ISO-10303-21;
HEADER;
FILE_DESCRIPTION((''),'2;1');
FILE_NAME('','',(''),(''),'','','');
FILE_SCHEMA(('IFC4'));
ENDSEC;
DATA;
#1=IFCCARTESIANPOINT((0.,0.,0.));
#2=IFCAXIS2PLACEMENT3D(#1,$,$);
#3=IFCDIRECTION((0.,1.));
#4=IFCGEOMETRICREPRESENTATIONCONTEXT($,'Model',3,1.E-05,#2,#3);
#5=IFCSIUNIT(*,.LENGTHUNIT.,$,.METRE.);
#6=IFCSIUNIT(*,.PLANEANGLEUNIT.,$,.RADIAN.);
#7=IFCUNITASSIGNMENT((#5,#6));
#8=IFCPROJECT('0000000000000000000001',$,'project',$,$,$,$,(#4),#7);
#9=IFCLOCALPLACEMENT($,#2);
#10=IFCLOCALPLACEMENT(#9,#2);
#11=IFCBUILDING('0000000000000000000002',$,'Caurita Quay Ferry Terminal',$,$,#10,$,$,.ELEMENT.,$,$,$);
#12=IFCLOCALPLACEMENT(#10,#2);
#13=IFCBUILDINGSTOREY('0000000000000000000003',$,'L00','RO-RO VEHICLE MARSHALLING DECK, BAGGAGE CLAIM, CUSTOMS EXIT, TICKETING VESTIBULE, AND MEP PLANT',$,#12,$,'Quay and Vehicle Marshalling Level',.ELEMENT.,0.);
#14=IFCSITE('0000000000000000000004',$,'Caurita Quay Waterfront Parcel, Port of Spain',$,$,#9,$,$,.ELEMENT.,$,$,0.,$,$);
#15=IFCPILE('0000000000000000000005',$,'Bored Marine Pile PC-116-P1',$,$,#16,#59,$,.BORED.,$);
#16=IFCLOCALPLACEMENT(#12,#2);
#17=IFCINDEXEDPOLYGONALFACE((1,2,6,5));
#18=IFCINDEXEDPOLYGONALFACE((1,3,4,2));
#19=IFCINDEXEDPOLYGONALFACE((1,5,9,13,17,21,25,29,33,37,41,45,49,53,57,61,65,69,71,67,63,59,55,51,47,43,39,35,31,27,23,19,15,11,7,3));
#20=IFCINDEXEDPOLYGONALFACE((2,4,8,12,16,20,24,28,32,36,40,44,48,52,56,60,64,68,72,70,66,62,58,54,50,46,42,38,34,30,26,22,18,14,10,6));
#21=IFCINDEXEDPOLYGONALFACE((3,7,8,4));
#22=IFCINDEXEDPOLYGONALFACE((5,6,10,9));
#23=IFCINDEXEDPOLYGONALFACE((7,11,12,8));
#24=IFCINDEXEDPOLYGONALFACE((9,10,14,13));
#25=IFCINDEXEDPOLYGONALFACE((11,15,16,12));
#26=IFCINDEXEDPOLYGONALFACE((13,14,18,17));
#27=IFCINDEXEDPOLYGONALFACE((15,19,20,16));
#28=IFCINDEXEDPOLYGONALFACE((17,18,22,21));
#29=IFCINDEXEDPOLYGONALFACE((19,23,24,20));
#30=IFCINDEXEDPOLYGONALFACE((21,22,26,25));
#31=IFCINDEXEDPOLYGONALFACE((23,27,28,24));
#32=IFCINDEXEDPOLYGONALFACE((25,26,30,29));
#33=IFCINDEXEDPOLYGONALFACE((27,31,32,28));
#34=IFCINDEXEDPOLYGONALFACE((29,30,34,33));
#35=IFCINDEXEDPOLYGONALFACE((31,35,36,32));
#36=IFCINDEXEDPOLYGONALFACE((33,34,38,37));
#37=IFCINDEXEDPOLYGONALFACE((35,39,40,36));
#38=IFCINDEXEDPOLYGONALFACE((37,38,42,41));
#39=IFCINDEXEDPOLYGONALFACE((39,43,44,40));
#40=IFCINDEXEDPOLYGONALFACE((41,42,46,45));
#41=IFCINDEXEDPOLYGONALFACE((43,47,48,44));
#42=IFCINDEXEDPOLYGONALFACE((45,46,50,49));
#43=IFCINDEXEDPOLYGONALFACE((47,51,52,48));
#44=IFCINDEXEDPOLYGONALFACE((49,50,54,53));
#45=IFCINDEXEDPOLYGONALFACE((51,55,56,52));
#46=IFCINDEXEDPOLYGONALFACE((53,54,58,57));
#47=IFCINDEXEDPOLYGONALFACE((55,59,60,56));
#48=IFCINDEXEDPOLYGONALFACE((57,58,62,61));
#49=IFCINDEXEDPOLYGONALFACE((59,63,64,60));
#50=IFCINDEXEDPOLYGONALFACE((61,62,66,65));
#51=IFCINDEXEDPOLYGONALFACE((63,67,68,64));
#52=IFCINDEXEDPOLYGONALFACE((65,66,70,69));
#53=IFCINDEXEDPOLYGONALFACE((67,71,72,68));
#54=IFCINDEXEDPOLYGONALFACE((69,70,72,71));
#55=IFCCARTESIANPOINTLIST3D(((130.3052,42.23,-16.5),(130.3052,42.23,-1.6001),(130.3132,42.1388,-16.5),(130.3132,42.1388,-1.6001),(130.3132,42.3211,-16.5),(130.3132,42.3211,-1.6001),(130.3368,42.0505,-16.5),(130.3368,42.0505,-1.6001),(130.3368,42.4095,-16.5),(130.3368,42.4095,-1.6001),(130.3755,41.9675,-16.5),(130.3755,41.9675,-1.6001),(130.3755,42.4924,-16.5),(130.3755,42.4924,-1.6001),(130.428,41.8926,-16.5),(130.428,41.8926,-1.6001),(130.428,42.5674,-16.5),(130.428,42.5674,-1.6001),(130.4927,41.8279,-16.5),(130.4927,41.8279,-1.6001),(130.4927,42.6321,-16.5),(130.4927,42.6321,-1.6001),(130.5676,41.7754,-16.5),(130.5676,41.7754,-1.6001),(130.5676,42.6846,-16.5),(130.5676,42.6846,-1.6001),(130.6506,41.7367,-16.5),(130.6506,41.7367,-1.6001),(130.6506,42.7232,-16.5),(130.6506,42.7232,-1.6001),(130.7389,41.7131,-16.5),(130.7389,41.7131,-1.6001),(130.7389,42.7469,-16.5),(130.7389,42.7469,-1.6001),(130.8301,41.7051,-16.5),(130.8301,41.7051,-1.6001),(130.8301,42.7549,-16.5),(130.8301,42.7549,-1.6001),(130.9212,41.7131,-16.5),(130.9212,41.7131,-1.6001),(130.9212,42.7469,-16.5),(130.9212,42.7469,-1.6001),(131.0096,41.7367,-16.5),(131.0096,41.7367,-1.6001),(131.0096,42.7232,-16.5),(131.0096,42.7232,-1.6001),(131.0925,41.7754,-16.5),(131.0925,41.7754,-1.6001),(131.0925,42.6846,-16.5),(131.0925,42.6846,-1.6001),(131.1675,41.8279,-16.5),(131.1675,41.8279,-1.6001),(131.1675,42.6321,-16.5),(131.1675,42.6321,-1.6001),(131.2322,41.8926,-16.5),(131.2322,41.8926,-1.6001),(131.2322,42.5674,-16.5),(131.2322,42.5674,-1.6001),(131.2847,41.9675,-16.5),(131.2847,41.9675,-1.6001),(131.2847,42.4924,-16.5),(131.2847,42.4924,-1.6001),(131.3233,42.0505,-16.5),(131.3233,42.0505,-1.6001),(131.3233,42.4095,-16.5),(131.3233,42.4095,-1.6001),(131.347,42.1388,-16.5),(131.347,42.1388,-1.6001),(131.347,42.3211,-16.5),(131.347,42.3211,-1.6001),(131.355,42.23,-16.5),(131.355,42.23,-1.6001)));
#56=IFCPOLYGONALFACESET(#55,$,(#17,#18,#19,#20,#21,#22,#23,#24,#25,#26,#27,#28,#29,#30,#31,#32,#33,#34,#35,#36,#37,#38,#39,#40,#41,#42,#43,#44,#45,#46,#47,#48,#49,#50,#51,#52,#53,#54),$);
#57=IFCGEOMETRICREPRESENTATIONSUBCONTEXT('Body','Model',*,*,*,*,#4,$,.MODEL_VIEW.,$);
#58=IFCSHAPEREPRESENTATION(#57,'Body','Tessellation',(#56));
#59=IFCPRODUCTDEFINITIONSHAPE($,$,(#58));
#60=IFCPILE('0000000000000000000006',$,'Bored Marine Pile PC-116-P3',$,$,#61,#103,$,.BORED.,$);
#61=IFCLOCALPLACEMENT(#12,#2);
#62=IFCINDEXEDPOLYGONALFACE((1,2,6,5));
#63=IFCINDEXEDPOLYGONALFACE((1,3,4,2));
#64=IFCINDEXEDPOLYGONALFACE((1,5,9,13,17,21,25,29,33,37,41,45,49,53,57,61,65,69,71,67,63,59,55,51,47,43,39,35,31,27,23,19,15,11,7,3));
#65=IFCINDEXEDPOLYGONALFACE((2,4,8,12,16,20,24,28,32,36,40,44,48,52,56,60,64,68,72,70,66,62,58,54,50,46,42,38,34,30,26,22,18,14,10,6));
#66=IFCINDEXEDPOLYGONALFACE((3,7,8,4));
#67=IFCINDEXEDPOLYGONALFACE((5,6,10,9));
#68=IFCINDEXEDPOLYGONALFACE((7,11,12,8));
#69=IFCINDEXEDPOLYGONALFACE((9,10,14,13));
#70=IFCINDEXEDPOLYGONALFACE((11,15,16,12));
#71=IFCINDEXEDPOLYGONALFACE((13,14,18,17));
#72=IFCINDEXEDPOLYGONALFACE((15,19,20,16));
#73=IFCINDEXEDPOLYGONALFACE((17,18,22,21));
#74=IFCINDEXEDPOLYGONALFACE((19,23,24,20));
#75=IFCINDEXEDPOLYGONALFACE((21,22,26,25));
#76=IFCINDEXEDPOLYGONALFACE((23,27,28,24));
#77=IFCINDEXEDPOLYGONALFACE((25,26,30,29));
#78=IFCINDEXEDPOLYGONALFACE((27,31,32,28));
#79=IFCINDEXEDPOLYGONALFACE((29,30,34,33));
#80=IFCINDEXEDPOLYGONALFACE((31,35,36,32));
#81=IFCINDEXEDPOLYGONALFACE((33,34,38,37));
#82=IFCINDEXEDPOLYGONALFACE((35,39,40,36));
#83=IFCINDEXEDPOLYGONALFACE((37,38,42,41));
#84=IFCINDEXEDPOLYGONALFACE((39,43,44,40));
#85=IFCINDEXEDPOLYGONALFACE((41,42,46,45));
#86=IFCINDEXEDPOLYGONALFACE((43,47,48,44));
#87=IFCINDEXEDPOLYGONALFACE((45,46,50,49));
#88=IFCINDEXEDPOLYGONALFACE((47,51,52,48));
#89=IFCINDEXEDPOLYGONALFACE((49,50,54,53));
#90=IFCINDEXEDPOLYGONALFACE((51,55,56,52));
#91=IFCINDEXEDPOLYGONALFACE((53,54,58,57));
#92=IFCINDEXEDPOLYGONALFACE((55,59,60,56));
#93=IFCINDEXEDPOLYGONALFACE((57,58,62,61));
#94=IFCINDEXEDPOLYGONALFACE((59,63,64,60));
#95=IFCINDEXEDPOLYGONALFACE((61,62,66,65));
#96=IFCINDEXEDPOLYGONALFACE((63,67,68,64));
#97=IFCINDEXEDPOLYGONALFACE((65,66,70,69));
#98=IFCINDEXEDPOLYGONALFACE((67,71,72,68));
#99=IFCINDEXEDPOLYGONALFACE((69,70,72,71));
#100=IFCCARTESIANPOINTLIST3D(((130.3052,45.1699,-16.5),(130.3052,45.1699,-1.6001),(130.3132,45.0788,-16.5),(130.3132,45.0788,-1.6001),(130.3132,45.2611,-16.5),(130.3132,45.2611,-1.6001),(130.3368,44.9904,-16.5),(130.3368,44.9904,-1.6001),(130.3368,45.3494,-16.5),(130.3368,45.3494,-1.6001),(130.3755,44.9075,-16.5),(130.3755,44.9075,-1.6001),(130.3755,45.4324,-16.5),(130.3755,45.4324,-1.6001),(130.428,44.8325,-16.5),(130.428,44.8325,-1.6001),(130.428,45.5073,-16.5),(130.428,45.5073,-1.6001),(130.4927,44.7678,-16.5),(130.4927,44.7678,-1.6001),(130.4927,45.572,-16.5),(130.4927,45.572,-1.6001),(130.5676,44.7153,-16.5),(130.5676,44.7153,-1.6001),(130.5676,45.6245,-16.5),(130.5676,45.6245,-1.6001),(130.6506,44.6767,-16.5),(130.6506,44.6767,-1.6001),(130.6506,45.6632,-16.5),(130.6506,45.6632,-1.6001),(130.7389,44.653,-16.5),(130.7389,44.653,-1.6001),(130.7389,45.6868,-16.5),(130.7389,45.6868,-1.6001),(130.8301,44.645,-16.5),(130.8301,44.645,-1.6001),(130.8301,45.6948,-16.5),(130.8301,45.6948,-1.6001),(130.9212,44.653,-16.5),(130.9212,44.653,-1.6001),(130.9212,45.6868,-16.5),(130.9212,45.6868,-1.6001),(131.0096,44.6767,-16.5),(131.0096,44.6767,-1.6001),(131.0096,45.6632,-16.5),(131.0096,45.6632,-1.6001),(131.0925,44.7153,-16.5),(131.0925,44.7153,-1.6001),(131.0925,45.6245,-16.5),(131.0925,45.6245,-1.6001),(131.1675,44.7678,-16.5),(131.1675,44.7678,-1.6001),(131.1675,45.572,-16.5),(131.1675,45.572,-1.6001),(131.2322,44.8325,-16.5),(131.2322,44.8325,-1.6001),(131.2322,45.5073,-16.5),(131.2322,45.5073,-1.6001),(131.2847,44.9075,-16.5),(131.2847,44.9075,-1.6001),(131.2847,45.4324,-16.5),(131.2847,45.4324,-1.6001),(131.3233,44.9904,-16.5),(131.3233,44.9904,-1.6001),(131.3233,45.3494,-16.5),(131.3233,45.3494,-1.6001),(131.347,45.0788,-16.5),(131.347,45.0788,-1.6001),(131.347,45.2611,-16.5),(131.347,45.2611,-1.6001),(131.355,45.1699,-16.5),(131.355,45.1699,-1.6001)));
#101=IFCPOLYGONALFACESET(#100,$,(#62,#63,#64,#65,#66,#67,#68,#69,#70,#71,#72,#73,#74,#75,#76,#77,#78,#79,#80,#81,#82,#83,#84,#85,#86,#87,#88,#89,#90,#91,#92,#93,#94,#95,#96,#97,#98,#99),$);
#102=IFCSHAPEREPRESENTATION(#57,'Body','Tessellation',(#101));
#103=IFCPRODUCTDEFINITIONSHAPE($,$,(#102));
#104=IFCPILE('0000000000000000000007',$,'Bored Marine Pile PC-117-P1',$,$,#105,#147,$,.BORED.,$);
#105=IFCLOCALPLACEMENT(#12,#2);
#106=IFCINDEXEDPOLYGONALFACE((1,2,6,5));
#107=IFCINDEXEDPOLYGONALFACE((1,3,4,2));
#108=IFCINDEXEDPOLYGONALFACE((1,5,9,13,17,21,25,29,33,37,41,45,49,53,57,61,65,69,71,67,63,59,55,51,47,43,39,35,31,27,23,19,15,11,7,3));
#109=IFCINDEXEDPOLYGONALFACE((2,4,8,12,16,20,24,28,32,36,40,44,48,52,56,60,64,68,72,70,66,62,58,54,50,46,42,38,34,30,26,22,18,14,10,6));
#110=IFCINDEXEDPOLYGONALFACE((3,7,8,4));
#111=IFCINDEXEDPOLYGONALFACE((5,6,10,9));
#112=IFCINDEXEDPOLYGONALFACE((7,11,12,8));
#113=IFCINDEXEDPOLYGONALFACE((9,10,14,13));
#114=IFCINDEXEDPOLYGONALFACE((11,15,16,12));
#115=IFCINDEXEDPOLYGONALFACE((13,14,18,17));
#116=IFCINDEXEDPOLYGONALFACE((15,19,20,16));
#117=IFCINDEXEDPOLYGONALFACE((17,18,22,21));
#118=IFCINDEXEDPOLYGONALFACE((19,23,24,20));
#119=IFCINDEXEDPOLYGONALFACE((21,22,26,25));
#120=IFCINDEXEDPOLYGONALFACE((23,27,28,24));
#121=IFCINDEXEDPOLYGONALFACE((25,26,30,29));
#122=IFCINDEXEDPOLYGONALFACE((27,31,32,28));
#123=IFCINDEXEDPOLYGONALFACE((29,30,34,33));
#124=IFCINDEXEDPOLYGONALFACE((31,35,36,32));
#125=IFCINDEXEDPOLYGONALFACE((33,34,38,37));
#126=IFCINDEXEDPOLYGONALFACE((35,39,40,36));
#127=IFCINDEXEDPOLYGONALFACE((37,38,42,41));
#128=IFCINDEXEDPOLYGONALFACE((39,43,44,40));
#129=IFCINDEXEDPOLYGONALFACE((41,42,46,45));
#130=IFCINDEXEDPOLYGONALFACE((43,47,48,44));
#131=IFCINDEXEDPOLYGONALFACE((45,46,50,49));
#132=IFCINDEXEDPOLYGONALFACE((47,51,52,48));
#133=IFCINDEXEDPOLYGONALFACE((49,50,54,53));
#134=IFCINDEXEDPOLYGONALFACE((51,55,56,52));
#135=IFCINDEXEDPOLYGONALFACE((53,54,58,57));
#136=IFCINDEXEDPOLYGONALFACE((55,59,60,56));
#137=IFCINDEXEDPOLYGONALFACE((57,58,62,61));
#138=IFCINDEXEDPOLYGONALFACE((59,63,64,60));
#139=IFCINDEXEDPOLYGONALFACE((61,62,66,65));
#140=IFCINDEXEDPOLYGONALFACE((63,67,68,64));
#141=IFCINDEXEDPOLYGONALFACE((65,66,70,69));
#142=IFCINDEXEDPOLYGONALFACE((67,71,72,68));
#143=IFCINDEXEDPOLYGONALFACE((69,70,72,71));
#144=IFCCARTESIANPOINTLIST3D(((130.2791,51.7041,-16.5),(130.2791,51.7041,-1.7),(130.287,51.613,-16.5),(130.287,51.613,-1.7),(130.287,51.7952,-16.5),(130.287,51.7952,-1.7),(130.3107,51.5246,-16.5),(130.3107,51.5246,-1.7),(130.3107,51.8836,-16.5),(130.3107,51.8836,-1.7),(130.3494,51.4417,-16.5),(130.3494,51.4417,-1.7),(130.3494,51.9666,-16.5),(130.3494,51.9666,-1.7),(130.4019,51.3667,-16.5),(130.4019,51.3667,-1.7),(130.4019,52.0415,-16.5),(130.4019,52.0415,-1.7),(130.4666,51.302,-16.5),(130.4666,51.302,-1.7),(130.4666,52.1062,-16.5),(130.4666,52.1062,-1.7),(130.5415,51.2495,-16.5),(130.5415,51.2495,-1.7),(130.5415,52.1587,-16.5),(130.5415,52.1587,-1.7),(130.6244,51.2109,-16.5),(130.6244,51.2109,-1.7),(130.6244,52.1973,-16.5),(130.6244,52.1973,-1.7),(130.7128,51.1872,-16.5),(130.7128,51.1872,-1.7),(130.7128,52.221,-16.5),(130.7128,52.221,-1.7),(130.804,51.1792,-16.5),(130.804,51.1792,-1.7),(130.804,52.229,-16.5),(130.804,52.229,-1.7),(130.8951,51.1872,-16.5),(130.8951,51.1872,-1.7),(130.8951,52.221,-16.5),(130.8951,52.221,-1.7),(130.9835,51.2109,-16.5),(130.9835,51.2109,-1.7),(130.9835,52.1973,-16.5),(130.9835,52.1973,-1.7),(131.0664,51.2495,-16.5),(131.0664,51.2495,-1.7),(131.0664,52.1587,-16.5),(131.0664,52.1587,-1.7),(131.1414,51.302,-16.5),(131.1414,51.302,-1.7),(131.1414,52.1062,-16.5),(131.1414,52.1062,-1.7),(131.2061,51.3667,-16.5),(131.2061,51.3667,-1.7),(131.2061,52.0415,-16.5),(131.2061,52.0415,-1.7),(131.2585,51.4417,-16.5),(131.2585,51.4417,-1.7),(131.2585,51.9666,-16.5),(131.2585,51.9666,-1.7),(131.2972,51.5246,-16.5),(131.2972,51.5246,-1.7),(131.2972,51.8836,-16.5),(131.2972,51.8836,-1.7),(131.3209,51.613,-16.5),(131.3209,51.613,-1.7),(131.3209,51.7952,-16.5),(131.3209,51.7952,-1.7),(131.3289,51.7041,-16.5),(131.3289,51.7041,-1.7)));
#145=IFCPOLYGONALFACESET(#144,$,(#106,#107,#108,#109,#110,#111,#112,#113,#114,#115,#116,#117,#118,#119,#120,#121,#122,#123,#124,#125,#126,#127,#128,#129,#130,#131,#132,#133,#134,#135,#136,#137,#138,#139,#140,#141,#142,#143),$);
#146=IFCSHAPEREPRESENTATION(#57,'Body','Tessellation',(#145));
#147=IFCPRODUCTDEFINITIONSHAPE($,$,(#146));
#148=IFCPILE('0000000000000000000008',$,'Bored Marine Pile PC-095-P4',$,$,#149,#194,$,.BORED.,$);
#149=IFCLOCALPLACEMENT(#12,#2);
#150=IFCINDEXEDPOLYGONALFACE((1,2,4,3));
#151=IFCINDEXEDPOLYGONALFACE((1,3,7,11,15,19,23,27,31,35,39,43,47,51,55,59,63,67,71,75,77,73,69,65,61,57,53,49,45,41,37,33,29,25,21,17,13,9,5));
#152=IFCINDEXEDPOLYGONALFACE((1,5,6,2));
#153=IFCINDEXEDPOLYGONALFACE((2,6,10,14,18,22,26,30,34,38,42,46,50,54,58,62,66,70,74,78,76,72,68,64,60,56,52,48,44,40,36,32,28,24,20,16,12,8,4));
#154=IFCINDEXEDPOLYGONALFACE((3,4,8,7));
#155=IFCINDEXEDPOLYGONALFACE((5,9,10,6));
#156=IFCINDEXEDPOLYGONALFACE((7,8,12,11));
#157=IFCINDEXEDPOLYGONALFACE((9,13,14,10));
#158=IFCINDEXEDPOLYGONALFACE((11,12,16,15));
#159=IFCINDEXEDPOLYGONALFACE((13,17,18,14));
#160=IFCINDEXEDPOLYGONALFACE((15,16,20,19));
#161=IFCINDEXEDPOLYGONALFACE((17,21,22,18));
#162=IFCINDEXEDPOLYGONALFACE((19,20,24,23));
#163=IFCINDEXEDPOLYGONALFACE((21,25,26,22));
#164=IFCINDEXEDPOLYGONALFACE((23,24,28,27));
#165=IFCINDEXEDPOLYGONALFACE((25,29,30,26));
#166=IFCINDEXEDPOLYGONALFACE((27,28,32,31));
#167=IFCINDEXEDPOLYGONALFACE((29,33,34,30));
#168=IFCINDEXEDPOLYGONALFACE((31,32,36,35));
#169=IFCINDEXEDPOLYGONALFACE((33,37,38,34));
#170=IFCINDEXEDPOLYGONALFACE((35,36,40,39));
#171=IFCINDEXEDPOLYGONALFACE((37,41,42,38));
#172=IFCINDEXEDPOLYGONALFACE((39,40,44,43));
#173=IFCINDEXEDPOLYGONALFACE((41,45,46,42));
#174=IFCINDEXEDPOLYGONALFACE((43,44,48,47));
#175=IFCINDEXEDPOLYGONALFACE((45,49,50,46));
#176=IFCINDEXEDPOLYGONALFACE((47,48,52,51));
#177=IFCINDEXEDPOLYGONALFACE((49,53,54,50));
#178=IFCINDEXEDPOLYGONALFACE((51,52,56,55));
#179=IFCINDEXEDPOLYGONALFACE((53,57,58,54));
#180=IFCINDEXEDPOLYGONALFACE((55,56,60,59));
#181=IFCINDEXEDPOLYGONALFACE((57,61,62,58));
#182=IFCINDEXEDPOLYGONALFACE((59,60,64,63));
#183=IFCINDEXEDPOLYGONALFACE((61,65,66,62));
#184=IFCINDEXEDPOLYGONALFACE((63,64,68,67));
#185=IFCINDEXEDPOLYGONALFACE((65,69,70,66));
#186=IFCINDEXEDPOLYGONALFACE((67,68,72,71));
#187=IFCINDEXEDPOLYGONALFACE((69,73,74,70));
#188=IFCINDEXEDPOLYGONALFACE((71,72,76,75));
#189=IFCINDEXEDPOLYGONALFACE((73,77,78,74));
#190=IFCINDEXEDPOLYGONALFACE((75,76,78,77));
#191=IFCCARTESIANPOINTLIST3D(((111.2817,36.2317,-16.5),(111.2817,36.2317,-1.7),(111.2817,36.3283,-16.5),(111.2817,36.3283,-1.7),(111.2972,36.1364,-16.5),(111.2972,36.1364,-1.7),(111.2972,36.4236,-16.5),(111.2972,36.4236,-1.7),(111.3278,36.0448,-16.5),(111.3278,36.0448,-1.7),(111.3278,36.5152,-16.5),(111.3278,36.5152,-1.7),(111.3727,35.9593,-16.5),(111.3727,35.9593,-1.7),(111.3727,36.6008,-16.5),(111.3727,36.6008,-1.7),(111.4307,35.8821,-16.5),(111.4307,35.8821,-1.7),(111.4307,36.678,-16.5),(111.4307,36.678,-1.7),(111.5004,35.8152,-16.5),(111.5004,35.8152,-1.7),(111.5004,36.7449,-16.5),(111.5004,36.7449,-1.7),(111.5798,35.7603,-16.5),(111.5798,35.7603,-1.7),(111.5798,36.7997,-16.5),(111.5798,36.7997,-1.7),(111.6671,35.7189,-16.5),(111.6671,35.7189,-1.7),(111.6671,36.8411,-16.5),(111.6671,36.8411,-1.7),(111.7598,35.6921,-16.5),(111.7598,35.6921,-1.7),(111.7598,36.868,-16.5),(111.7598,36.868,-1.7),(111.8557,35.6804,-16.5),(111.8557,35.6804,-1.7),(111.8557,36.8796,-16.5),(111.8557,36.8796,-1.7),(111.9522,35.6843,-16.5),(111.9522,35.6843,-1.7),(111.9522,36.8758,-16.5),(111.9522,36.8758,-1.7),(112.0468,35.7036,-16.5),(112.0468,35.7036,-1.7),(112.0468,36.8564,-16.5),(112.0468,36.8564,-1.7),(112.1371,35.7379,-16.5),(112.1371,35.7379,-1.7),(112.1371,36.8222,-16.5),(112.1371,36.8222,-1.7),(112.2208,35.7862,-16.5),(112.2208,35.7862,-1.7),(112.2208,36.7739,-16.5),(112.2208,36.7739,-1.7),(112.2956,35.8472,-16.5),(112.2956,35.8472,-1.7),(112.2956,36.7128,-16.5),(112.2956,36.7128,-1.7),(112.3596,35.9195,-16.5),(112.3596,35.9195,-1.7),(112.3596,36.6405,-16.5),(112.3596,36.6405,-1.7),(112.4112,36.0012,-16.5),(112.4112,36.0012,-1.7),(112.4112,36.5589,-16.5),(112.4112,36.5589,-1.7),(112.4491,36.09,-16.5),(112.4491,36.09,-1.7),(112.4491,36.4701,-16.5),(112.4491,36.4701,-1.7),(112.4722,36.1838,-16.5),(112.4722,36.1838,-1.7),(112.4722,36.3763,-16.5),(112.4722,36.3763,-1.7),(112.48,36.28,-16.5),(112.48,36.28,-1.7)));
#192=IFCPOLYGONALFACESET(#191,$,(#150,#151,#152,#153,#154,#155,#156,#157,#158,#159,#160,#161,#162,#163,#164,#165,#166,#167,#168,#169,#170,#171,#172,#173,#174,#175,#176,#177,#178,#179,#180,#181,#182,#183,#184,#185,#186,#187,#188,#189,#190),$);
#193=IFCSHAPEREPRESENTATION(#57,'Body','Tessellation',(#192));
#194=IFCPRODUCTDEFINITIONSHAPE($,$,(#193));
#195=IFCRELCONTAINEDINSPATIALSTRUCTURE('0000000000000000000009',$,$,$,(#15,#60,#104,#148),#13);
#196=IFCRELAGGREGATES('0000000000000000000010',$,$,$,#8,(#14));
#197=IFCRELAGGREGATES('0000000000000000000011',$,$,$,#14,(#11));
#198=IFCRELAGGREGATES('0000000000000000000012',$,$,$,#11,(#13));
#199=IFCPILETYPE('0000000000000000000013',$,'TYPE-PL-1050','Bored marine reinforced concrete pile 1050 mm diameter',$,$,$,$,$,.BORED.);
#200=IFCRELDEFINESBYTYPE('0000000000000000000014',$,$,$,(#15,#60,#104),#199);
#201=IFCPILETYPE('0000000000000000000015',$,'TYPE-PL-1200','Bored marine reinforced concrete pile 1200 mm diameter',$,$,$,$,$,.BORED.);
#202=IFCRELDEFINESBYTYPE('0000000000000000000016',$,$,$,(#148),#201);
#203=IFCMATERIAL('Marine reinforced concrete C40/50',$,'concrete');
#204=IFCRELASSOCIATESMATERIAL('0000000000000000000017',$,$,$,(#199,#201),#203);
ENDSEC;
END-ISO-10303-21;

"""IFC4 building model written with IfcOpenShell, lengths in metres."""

from ifc_helpers import new_model, si_unit, direction, frame, origin, origin_2d, place, context, subcontext, project, spatial, circle, extrude, material, material_profile, profile_set, type_object, element, save


model = new_model("IFC4")

# Units and contexts
model_context = context("Model", 3, precision=1e-05, world=origin(), true_north=direction((0.0, 1.0)))
body_context = subcontext(model_context, "Body", "Model", "MODEL_VIEW")
ifc_project = project(units=[si_unit("LENGTHUNIT", "METRE"), si_unit("PLANEANGLEUNIT", "RADIAN")], contexts=[model_context])

# Site, building, storey
site_placement = place(None, origin())
site = spatial("IfcSite", under=ifc_project, at=site_placement, Name="Caurita Quay Waterfront Parcel, Port of Spain", CompositionType="ELEMENT", RefElevation=0.0)
building_placement = place(site_placement, origin())
building = spatial("IfcBuilding", under=site, at=building_placement, Name="Caurita Quay Ferry Terminal", CompositionType="ELEMENT")
storey_placement = place(building_placement, origin())
storey = spatial("IfcBuildingStorey", under=building, at=storey_placement, Name="L00", Description="RO-RO VEHICLE MARSHALLING DECK, BAGGAGE CLAIM, CUSTOMS EXIT, TICKETING VESTIBULE, AND MEP PLANT", LongName="Quay and Vehicle Marshalling Level", CompositionType="ELEMENT", Elevation=0.0)

# Piles
ifc_material_1 = material(Name="Marine reinforced concrete C40/50", Category="concrete")
ifc_material_profile_1 = material_profile(ifc_material_1, circle(Radius=0.5249, at=origin_2d()), Name="PILE-D1050")
ifc_profile_set_1 = profile_set([ifc_material_profile_1], Name="Marine reinforced concrete C40/50")
pile_type_1 = type_object("IfcPileType", Name="TYPE-PL-1050", Description="Bored marine reinforced concrete pile 1050 mm diameter", PredefinedType="BORED", material=ifc_profile_set_1)
for number, where, z_axis, x_axis, name in (
    (1, (130.8301, 42.23, -1.6001), (0.0, 0.0, -1.0), (1.0, 0.0, 0.0), "Bored Marine Pile PC-116-P1"),
    (2, (130.8301, 45.1699, -1.6001), (0.0, 0.0, -1.0), (1.0, 0.0, 0.0), "Bored Marine Pile PC-116-P3"),
):
    element("IfcPile", number, at=place(storey_placement, frame(where, z_axis=z_axis, x_axis=x_axis)), inside=storey, type_object=pile_type_1, Name=name, PredefinedType="BORED", context=body_context, shape_type="SweptSolid", body=[
        extrude(circle(Radius=0.5249, at=origin_2d()), origin(), (0.0, 0.0, 1.0), 14.8999),
    ])
pile_placement = place(storey_placement, frame((130.804, 51.7041, -1.7), z_axis=(0.0, 0.0, -1.0), x_axis=(1.0, 0.0, 0.0)))
element("IfcPile", 3, at=pile_placement, inside=storey, type_object=pile_type_1, Name="Bored Marine Pile PC-117-P1", PredefinedType="BORED", context=body_context, shape_type="SweptSolid", body=[
    extrude(circle(Radius=0.5249, at=origin_2d()), origin(), (0.0, 0.0, 1.0), 14.8),
])
ifc_material_profile_2 = material_profile(ifc_material_1, circle(Radius=0.6001, at=origin_2d()), Name="PILE-D1200")
ifc_profile_set_2 = profile_set([ifc_material_profile_2], Name="Marine reinforced concrete C40/50")
pile_type_2 = type_object("IfcPileType", Name="TYPE-PL-1200", Description="Bored marine reinforced concrete pile 1200 mm diameter", PredefinedType="BORED", material=ifc_profile_set_2)
for number, where, z_axis, x_axis, name in (
    (4, (111.8799, 36.28, -1.7), (0.0, 0.0, -1.0), (1.0, 0.0, 0.0), "Bored Marine Pile PC-095-P4"),
):
    element("IfcPile", number, at=place(storey_placement, frame(where, z_axis=z_axis, x_axis=x_axis)), inside=storey, type_object=pile_type_2, Name=name, PredefinedType="BORED", context=body_context, shape_type="SweptSolid", body=[
        extrude(circle(Radius=0.6001, at=origin_2d()), origin(), (0.0, 0.0, 1.0), 14.8),
    ])

save(model, "model.ifc")
